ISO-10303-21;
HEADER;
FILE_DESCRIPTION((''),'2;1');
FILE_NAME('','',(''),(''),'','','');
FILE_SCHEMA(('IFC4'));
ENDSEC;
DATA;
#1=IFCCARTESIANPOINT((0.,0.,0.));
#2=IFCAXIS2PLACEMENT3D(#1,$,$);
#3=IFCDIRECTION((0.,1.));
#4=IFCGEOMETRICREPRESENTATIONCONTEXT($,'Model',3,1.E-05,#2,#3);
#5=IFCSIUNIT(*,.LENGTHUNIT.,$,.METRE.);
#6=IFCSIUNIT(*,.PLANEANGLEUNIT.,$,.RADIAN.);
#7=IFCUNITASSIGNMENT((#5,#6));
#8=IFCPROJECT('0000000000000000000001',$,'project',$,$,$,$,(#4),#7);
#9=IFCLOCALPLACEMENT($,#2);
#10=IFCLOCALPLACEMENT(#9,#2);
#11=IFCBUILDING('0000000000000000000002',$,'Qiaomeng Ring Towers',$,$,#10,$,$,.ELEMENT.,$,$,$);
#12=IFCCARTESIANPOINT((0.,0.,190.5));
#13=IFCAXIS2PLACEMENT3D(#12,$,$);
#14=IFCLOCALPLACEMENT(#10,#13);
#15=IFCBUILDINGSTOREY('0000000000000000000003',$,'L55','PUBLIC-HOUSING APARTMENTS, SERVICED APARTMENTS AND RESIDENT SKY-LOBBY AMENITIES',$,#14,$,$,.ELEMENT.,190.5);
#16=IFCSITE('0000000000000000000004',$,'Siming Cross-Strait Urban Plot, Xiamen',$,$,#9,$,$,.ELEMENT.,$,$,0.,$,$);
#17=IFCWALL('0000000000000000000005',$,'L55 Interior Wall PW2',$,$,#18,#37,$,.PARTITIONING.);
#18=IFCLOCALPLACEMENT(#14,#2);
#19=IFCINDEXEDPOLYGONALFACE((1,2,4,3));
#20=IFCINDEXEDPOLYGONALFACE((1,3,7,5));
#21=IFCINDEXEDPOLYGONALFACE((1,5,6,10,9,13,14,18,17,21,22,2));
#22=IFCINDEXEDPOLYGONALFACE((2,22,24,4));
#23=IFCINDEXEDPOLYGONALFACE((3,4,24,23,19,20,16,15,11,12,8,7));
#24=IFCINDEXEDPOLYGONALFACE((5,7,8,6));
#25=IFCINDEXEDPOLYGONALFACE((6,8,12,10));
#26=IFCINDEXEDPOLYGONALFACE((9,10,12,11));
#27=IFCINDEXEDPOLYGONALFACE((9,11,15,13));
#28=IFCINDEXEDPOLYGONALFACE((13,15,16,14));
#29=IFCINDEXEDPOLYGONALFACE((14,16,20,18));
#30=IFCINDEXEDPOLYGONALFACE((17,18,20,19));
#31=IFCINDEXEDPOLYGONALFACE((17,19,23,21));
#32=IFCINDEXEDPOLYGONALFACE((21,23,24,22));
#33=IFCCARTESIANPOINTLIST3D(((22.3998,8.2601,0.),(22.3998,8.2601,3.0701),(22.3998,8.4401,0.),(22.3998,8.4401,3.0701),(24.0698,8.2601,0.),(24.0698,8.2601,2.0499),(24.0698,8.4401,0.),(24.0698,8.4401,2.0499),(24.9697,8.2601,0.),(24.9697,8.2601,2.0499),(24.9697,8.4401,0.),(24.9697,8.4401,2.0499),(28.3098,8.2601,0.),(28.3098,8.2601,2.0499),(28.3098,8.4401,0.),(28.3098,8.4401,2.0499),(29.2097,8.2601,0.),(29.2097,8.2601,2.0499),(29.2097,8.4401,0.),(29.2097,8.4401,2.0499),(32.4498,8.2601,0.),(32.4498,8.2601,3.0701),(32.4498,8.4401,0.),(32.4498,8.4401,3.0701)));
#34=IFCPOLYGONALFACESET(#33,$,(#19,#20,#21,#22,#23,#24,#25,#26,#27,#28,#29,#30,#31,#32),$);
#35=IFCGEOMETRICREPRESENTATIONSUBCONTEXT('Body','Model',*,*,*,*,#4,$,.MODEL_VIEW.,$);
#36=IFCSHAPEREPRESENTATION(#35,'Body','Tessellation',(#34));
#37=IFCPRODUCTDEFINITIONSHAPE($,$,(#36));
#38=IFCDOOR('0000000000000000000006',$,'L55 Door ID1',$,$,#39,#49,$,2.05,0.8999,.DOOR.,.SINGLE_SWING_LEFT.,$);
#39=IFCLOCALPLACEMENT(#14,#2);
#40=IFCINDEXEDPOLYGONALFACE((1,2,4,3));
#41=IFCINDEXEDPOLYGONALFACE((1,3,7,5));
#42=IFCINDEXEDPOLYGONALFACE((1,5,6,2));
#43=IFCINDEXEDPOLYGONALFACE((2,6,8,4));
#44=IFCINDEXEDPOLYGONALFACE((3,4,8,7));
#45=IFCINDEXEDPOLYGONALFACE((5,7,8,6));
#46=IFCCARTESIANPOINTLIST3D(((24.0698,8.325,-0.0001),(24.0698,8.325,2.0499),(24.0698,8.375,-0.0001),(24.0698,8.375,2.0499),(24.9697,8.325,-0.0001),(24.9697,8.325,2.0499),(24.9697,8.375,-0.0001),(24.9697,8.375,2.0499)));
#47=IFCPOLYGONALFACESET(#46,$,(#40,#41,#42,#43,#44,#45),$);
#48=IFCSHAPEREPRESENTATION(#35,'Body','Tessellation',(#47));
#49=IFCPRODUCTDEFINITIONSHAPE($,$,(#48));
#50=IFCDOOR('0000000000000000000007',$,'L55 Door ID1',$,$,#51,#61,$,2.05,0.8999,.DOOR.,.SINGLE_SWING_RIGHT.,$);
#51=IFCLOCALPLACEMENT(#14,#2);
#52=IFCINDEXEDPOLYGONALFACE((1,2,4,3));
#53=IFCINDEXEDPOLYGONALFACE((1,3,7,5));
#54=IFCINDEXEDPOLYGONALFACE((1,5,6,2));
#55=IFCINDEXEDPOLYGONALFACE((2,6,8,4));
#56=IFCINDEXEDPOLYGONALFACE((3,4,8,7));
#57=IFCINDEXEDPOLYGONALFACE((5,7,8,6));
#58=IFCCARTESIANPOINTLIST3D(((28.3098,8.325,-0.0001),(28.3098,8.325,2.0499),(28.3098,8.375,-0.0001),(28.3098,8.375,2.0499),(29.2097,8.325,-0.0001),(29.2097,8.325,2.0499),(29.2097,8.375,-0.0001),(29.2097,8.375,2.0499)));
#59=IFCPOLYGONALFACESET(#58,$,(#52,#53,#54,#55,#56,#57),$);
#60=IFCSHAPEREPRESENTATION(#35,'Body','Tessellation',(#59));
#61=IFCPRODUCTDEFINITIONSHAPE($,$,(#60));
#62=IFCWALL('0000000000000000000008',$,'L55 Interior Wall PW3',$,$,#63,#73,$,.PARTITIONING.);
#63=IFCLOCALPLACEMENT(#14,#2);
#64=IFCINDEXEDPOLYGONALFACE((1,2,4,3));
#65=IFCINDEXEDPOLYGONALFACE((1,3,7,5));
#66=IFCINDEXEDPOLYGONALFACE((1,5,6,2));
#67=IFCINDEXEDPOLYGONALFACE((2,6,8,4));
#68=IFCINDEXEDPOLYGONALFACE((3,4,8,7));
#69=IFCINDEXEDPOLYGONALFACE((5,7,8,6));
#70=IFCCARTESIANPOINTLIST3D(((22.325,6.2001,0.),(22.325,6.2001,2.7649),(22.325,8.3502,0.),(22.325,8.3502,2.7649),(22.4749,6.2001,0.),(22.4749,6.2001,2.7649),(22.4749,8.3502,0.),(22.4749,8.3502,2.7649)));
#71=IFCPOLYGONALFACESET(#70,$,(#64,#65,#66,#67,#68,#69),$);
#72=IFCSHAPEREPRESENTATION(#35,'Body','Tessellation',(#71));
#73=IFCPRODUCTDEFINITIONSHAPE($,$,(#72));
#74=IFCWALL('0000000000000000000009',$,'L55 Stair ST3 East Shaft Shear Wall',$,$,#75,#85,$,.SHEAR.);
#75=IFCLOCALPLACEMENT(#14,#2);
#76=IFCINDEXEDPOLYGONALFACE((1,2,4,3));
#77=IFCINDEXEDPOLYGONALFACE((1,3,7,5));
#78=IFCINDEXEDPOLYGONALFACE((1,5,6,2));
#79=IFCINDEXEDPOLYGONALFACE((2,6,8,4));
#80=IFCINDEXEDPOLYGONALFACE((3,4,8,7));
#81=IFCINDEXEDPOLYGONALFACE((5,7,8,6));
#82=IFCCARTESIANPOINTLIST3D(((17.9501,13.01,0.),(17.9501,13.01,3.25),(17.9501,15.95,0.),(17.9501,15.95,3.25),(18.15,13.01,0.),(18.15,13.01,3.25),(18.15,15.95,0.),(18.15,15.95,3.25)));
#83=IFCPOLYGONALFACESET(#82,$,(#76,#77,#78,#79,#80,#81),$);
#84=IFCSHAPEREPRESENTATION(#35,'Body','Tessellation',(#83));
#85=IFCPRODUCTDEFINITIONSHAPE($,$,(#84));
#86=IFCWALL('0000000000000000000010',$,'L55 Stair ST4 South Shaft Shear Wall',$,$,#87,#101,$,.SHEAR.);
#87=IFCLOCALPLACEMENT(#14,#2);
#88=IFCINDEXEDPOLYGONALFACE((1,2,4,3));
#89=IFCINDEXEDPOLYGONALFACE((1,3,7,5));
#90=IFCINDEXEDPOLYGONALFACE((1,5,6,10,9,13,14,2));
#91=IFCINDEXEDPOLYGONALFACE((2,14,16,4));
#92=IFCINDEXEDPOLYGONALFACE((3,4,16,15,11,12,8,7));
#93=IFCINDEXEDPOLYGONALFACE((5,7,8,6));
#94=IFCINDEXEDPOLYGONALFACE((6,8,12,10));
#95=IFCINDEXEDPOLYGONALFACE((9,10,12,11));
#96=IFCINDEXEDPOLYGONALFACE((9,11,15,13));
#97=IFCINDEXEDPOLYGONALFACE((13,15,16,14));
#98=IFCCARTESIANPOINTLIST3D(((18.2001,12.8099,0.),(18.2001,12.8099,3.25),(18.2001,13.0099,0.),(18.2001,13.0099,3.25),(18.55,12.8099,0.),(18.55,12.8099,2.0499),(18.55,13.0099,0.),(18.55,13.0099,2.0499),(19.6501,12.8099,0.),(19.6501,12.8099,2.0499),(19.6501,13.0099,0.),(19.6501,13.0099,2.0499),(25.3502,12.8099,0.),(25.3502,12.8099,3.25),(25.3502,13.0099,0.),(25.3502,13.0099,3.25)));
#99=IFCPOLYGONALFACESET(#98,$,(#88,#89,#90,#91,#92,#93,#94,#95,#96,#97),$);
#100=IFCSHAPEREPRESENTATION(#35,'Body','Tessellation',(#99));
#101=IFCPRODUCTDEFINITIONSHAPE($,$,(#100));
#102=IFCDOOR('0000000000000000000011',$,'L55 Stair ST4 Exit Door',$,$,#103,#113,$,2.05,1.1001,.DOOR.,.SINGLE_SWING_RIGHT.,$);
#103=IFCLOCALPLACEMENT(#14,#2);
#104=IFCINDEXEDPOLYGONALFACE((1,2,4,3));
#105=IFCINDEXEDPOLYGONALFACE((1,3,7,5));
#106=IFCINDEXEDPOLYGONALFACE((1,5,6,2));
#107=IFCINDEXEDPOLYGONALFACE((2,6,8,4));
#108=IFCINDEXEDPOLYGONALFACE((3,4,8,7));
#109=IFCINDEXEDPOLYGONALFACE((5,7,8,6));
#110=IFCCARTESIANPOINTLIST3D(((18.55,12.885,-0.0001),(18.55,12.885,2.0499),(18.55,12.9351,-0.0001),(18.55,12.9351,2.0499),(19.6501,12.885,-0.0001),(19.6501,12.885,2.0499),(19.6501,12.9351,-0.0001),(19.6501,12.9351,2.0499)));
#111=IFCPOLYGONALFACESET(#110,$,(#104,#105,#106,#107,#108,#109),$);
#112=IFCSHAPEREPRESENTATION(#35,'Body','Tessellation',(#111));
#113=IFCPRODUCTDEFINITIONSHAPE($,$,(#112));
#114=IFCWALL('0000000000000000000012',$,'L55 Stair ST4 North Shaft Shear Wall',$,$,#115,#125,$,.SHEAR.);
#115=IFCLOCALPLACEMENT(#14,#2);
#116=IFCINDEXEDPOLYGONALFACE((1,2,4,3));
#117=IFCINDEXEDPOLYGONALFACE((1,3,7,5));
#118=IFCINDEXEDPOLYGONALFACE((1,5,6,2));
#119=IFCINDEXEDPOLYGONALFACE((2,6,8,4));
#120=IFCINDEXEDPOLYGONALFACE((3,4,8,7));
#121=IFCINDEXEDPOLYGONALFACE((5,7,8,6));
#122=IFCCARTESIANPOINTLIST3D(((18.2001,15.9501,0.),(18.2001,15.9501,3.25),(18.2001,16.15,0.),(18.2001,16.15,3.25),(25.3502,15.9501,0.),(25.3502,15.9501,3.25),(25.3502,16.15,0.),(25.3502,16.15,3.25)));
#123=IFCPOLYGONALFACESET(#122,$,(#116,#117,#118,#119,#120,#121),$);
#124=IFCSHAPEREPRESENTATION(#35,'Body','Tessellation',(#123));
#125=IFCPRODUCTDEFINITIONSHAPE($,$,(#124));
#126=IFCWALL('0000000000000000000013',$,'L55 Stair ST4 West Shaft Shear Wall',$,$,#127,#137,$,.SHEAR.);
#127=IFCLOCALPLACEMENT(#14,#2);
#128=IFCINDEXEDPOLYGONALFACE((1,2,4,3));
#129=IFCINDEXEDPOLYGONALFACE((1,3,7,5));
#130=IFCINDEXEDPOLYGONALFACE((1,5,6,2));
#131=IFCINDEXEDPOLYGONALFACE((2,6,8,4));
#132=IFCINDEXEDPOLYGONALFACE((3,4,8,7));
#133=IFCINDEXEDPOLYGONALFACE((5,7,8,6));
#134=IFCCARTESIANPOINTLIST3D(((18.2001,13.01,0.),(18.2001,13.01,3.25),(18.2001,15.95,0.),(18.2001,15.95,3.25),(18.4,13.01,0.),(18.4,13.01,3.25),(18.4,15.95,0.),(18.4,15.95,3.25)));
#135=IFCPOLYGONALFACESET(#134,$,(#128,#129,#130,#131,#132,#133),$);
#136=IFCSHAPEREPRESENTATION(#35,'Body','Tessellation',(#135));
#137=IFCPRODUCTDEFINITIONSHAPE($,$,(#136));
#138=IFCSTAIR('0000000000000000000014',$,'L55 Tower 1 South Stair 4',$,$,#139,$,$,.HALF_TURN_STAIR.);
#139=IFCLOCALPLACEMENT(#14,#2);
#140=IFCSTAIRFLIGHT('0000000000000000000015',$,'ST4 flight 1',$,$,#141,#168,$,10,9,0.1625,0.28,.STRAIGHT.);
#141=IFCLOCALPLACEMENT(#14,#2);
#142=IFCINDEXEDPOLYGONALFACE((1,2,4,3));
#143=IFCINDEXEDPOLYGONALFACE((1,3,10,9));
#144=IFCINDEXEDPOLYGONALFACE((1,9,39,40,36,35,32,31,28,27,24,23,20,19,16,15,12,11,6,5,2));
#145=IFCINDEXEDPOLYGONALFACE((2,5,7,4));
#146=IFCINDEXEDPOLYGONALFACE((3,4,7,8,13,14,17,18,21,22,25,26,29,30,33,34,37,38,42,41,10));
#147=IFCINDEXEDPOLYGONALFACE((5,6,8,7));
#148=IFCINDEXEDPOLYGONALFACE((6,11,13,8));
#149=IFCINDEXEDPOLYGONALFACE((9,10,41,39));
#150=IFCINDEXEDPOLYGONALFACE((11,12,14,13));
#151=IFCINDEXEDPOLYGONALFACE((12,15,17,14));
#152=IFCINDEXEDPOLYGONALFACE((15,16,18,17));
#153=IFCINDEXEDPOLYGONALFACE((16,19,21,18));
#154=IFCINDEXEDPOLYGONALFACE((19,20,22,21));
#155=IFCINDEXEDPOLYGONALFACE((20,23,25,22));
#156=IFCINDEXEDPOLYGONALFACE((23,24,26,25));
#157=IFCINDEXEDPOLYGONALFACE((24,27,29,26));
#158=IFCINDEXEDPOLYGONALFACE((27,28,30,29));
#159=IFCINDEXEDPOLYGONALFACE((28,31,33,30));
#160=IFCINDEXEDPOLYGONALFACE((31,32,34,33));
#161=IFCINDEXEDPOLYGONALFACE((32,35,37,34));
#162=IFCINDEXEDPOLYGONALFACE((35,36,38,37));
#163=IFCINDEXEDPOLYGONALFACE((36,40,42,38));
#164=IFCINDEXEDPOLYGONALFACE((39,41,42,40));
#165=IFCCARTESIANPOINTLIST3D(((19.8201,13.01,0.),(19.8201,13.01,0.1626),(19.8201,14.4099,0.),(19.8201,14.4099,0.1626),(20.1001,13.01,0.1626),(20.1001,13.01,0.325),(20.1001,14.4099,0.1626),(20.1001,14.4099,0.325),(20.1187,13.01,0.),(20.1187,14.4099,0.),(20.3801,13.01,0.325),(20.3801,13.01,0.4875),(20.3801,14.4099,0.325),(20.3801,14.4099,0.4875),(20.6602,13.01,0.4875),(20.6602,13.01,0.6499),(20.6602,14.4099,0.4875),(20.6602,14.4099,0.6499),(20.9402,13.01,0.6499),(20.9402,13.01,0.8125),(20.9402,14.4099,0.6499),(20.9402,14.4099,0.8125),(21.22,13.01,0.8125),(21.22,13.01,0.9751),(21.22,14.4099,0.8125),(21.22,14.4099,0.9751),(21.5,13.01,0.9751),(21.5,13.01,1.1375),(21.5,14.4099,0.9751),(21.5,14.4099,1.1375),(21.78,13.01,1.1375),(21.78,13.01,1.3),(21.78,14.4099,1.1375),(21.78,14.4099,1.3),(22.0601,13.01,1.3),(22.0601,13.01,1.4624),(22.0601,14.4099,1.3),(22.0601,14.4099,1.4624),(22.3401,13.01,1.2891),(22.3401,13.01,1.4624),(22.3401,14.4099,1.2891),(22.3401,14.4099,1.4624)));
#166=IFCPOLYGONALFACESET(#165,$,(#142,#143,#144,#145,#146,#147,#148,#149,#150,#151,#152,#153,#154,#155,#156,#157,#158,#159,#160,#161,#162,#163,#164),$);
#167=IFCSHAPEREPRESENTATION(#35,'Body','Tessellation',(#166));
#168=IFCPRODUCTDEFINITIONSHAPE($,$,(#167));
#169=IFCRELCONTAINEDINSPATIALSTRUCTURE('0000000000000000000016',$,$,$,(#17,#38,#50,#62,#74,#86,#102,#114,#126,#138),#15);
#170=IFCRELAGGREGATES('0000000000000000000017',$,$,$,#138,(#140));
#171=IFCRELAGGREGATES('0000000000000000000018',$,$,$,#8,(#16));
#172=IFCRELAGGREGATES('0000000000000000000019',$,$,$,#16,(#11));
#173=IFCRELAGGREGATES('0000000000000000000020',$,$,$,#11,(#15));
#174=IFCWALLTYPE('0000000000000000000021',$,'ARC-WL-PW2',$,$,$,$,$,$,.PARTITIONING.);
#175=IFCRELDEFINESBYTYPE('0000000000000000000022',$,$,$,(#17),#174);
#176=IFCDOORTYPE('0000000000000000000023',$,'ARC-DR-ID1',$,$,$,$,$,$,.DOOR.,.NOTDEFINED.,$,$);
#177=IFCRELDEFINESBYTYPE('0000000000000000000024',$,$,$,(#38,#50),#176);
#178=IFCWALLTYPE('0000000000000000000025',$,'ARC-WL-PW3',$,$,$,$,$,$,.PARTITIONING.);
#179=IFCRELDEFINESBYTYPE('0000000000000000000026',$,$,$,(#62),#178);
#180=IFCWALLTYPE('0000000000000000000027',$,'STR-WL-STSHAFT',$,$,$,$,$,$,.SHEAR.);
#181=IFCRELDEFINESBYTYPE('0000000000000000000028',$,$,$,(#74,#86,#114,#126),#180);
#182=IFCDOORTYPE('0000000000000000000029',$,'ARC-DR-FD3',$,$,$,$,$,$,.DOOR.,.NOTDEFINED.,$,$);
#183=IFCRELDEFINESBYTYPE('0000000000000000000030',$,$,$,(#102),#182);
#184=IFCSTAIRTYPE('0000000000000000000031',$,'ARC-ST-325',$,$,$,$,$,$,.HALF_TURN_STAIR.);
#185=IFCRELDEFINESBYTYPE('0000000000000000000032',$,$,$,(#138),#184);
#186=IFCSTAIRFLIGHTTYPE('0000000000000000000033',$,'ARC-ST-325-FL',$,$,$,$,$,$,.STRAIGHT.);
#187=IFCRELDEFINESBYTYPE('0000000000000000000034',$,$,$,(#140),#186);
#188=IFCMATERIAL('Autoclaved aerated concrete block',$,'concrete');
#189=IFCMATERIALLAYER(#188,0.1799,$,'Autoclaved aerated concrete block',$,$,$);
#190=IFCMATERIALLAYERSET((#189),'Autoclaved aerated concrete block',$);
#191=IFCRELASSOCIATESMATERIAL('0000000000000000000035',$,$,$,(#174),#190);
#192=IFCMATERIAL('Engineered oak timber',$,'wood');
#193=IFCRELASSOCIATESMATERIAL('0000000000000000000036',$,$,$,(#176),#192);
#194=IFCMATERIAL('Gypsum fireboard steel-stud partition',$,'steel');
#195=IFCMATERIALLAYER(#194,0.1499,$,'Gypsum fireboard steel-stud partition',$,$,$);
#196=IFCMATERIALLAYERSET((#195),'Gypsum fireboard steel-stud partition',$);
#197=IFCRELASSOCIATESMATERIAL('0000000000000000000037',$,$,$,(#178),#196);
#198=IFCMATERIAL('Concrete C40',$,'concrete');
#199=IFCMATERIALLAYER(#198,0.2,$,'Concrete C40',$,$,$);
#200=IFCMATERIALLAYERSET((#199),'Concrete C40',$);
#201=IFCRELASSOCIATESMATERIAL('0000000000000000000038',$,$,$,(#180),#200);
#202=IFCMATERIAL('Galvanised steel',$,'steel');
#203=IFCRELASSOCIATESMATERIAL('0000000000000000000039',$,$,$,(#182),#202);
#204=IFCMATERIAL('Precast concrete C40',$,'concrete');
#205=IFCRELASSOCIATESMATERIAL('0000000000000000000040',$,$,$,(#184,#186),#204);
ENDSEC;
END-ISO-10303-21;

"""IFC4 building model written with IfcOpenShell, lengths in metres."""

from ifc_helpers import new_model, si_unit, direction, frame, frame_2d, origin, place, context, subcontext, project, spatial, polyline, rectangle, outline, extrude, source, transform, mapped, material, layer, layer_set, type_object, element, fill, aggregate, save


model = new_model("IFC4")

# Units and contexts
model_context = context("Model", 3, precision=1e-05, world=origin(), true_north=direction((0.0, 1.0)))
body_context = subcontext(model_context, "Body", "Model", "MODEL_VIEW")
ifc_project = project(units=[si_unit("LENGTHUNIT", "METRE"), si_unit("PLANEANGLEUNIT", "RADIAN")], contexts=[model_context])

# Site, building, storey
site_placement = place(None, origin())
site = spatial("IfcSite", under=ifc_project, at=site_placement, Name="Siming Cross-Strait Urban Plot, Xiamen", CompositionType="ELEMENT", RefElevation=0.0)
building_placement = place(site_placement, origin())
building = spatial("IfcBuilding", under=site, at=building_placement, Name="Qiaomeng Ring Towers", CompositionType="ELEMENT")
storey_placement = place(building_placement, frame((0.0, 0.0, 190.5)))
storey = spatial("IfcBuildingStorey", under=building, at=storey_placement, Name="L55", Description="PUBLIC-HOUSING APARTMENTS, SERVICED APARTMENTS AND RESIDENT SKY-LOBBY AMENITIES", CompositionType="ELEMENT", Elevation=190.5)

# Shared definitions
ifc_material_1 = material(Name="Autoclaved aerated concrete block", Category="concrete")

# Wall, openings, doors
ifc_layer_1 = layer(ifc_material_1, 0.1799, Name="Autoclaved aerated concrete block")
ifc_layer_set_1 = layer_set([ifc_layer_1], Name="Autoclaved aerated concrete block")
wall_type_1 = type_object("IfcWallType", Name="ARC-WL-PW2", PredefinedType="PARTITIONING", material=ifc_layer_set_1)
wall_1_placement = place(storey_placement, frame((22.3999, 8.3501, 0.0), z_axis=(0.0, 0.0, 1.0), x_axis=(1.0, 0.0, 0.0)))
wall_1 = element("IfcWall", 1, at=wall_1_placement, inside=storey, type_object=wall_type_1, Name="L55 Interior Wall PW2", PredefinedType="PARTITIONING", context=body_context, shape_type="SweptSolid", body=[
    extrude(rectangle(XDim=10.05, YDim=0.1799, at=frame_2d((5.0249, 0.0))), origin(), (0.0, 0.0, 1.0), 3.0701),
])
opening_1_placement = place(wall_1_placement, frame((1.6699, 0.0, 0.0)))
opening_1 = element("IfcOpeningElement", 2, at=opening_1_placement, cuts=wall_1, PredefinedType="OPENING", context=body_context, shape_type="SweptSolid", body=[
    extrude(rectangle(XDim=0.8999, YDim=2.05, at=frame_2d((0.45, 1.0249))), frame((0.0, 0.0999, 0.0), z_axis=(0.0, -1.0, 0.0), x_axis=(1.0, 0.0, 0.0)), (0.0, 0.0, 1.0), 0.2),
])
opening_2_placement = place(wall_1_placement, frame((5.9099, 0.0, 0.0)))
opening_2 = element("IfcOpeningElement", 3, at=opening_2_placement, cuts=wall_1, PredefinedType="OPENING", context=body_context, shape_type="SweptSolid", body=[
    extrude(rectangle(XDim=0.8999, YDim=2.05, at=frame_2d((0.45, 1.0249))), frame((0.0, 0.0999, 0.0), z_axis=(0.0, -1.0, 0.0), x_axis=(1.0, 0.0, 0.0)), (0.0, 0.0, 1.0), 0.2),
])
ifc_material_2 = material(Name="Engineered oak timber", Category="wood")
door_type_1 = type_object("IfcDoorType", Name="ARC-DR-ID1", OperationType="NOTDEFINED", PredefinedType="DOOR", material=ifc_material_2)
shared_shape_1 = source(origin(), body_context, "Body", "SweptSolid", [
    extrude(rectangle(XDim=0.8999, YDim=2.05, at=frame_2d((0.45, 1.0249))), frame((0.0, 0.0249, 0.0), z_axis=(0.0, -1.0, 0.0), x_axis=(1.0, 0.0, 0.0)), (0.0, 0.0, 1.0), 0.05),
])
door_1_placement = place(opening_1_placement, origin())
door_1 = element("IfcDoor", 4, at=door_1_placement, inside=storey, type_object=door_type_1, Name="L55 Door ID1", OperationType="SINGLE_SWING_LEFT", OverallHeight=2.05, OverallWidth=0.8999, PredefinedType="DOOR", context=body_context, shape_type="MappedRepresentation", body=[
    mapped(shared_shape_1, transform((0.0, 0.0, 0.0), x_axis=(1.0, 0.0, 0.0), y_axis=(0.0, 1.0, 0.0), z_axis=(0.0, 0.0, 1.0), scale=1.0)),
])
fill(opening_1, door_1)
door_2_placement = place(opening_2_placement, origin())
door_2 = element("IfcDoor", 5, at=door_2_placement, inside=storey, type_object=door_type_1, Name="L55 Door ID1", OperationType="SINGLE_SWING_RIGHT", OverallHeight=2.05, OverallWidth=0.8999, PredefinedType="DOOR", context=body_context, shape_type="MappedRepresentation", body=[
    mapped(shared_shape_1, transform((0.0, 0.0, 0.0), x_axis=(1.0, 0.0, 0.0), y_axis=(0.0, 1.0, 0.0), z_axis=(0.0, 0.0, 1.0), scale=1.0)),
])
fill(opening_2, door_2)

# Walls
ifc_material_3 = material(Name="Gypsum fireboard steel-stud partition", Category="steel")
ifc_layer_2 = layer(ifc_material_3, 0.1499, Name="Gypsum fireboard steel-stud partition")
ifc_layer_set_2 = layer_set([ifc_layer_2], Name="Gypsum fireboard steel-stud partition")
wall_type_2 = type_object("IfcWallType", Name="ARC-WL-PW3", PredefinedType="PARTITIONING", material=ifc_layer_set_2)
wall_2_placement = place(storey_placement, frame((22.3999, 6.2, 0.0), z_axis=(0.0, 0.0, 1.0), x_axis=(0.0, 1.0, 0.0)))
element("IfcWall", 6, at=wall_2_placement, inside=storey, type_object=wall_type_2, Name="L55 Interior Wall PW3", PredefinedType="PARTITIONING", context=body_context, shape_type="SweptSolid", body=[
    extrude(rectangle(XDim=2.1501, YDim=0.1499, at=frame_2d((1.0752, 0.0))), origin(), (0.0, 0.0, 1.0), 2.7649),
])
ifc_material_4 = material(Name="Concrete C40", Category="concrete")
ifc_layer_3 = layer(ifc_material_4, 0.2, Name="Concrete C40")
ifc_layer_set_3 = layer_set([ifc_layer_3], Name="Concrete C40")
wall_type_3 = type_object("IfcWallType", Name="STR-WL-STSHAFT", PredefinedType="SHEAR", material=ifc_layer_set_3)
wall_3_placement = place(storey_placement, frame((18.05, 13.01, 0.0), z_axis=(0.0, 0.0, 1.0), x_axis=(0.0, 1.0, 0.0)))
element("IfcWall", 7, at=wall_3_placement, inside=storey, type_object=wall_type_3, Name="L55 Stair ST3 East Shaft Shear Wall", PredefinedType="SHEAR", context=body_context, shape_type="SweptSolid", body=[
    extrude(rectangle(XDim=2.9399, YDim=0.2, at=frame_2d((1.47, 0.0))), origin(), (0.0, 0.0, 1.0), 3.25),
])

# Wall, opening, door
wall_4_placement = place(storey_placement, frame((18.2, 12.9099, 0.0), z_axis=(0.0, 0.0, 1.0), x_axis=(1.0, 0.0, 0.0)))
wall_4 = element("IfcWall", 8, at=wall_4_placement, inside=storey, type_object=wall_type_3, Name="L55 Stair ST4 South Shaft Shear Wall", PredefinedType="SHEAR", context=body_context, shape_type="SweptSolid", body=[
    extrude(rectangle(XDim=7.1501, YDim=0.2, at=frame_2d((3.5752, 0.0))), origin(), (0.0, 0.0, 1.0), 3.25),
])
opening_3_placement = place(wall_4_placement, frame((0.3501, 0.0, 0.0)))
opening_3 = element("IfcOpeningElement", 9, at=opening_3_placement, cuts=wall_4, PredefinedType="OPENING", context=body_context, shape_type="SweptSolid", body=[
    extrude(rectangle(XDim=1.1001, YDim=2.05, at=frame_2d((0.55, 1.0249))), frame((0.0, 0.1099, 0.0), z_axis=(0.0, -1.0, 0.0), x_axis=(1.0, 0.0, 0.0)), (0.0, 0.0, 1.0), 0.22),
])
ifc_material_5 = material(Name="Galvanised steel", Category="steel")
door_type_2 = type_object("IfcDoorType", Name="ARC-DR-FD3", OperationType="NOTDEFINED", PredefinedType="DOOR", material=ifc_material_5)
shared_shape_2 = source(origin(), body_context, "Body", "SweptSolid", [
    extrude(rectangle(XDim=1.1001, YDim=2.05, at=frame_2d((0.55, 1.0249))), frame((0.0, 0.0249, 0.0), z_axis=(0.0, -1.0, 0.0), x_axis=(1.0, 0.0, 0.0)), (0.0, 0.0, 1.0), 0.05),
])
door_3_placement = place(opening_3_placement, frame((1.1001, 0.0, 0.0), z_axis=(0.0, 0.0, 1.0), x_axis=(-1.0, 0.0, 0.0)))
door_3 = element("IfcDoor", 10, at=door_3_placement, inside=storey, type_object=door_type_2, Name="L55 Stair ST4 Exit Door", OperationType="SINGLE_SWING_RIGHT", OverallHeight=2.05, OverallWidth=1.1001, PredefinedType="DOOR", context=body_context, shape_type="MappedRepresentation", body=[
    mapped(shared_shape_2, transform((0.0, 0.0, 0.0), x_axis=(1.0, 0.0, 0.0), y_axis=(0.0, 1.0, 0.0), z_axis=(0.0, 0.0, 1.0), scale=1.0)),
])
fill(opening_3, door_3)

# Walls
wall_5_placement = place(storey_placement, frame((18.2, 16.05, 0.0), z_axis=(0.0, 0.0, 1.0), x_axis=(1.0, 0.0, 0.0)))
element("IfcWall", 11, at=wall_5_placement, inside=storey, type_object=wall_type_3, Name="L55 Stair ST4 North Shaft Shear Wall", PredefinedType="SHEAR", context=body_context, shape_type="SweptSolid", body=[
    extrude(rectangle(XDim=7.1501, YDim=0.2, at=frame_2d((3.5752, 0.0))), origin(), (0.0, 0.0, 1.0), 3.25),
])
wall_6_placement = place(storey_placement, frame((18.3, 13.01, 0.0), z_axis=(0.0, 0.0, 1.0), x_axis=(0.0, 1.0, 0.0)))
element("IfcWall", 12, at=wall_6_placement, inside=storey, type_object=wall_type_3, Name="L55 Stair ST4 West Shaft Shear Wall", PredefinedType="SHEAR", context=body_context, shape_type="SweptSolid", body=[
    extrude(rectangle(XDim=2.9399, YDim=0.2, at=frame_2d((1.47, 0.0))), origin(), (0.0, 0.0, 1.0), 3.25),
])

# Stair, stair flight
ifc_material_6 = material(Name="Precast concrete C40", Category="concrete")
stair_type = type_object("IfcStairType", Name="ARC-ST-325", PredefinedType="HALF_TURN_STAIR", material=ifc_material_6)
stair_placement = place(storey_placement, origin())
stair = element("IfcStair", 13, at=stair_placement, inside=storey, type_object=stair_type, Name="L55 Tower 1 South Stair 4", PredefinedType="HALF_TURN_STAIR")
stair_flight_type = type_object("IfcStairFlightType", Name="ARC-ST-325-FL", PredefinedType="STRAIGHT", material=ifc_material_6)
shared_shape_3 = source(origin(), body_context, "Body", "SweptSolid", [
    extrude(outline(polyline([(0.0, 0.0), (0.0, 0.1626), (0.28, 0.1626), (0.28, 0.325), (0.5601, 0.325), (0.5601, 0.4875), (0.8401, 0.4875), (0.8401, 0.6499), (1.1201, 0.6499), (1.1201, 0.8125), (1.3999, 0.8125), (1.3999, 0.9751), (1.6799, 0.9751), (1.6799, 1.1375), (1.96, 1.1375), (1.96, 1.3), (2.24, 1.3), (2.24, 1.4624), (2.52, 1.4624), (2.52, 1.625), (2.52, 1.2891), (0.2986, 0.0), (0.0, 0.0)])), frame((0.0, 0.7, 0.0), z_axis=(0.0, -1.0, 0.0), x_axis=(1.0, 0.0, 0.0)), (0.0, 0.0, 1.0), 1.3999),
])
stair_flight_1_placement = place(storey_placement, frame((19.8201, 13.71, 0.0), z_axis=(0.0, 0.0, 1.0), x_axis=(1.0, 0.0, 0.0)))
stair_flight_1 = element("IfcStairFlight", 14, at=stair_flight_1_placement, type_object=stair_flight_type, Name="ST4 flight 1", NumberOfRisers=10, NumberOfTreads=9, PredefinedType="STRAIGHT", RiserHeight=0.1625, TreadLength=0.28, context=body_context, shape_type="MappedRepresentation", body=[
    mapped(shared_shape_3, transform((0.0, 0.0, 0.0), x_axis=(1.0, 0.0, 0.0), y_axis=(0.0, 1.0, 0.0), z_axis=(0.0, 0.0, 1.0), scale=1.0)),
])
aggregate(stair, [stair_flight_1])

save(model, "model.ifc")
